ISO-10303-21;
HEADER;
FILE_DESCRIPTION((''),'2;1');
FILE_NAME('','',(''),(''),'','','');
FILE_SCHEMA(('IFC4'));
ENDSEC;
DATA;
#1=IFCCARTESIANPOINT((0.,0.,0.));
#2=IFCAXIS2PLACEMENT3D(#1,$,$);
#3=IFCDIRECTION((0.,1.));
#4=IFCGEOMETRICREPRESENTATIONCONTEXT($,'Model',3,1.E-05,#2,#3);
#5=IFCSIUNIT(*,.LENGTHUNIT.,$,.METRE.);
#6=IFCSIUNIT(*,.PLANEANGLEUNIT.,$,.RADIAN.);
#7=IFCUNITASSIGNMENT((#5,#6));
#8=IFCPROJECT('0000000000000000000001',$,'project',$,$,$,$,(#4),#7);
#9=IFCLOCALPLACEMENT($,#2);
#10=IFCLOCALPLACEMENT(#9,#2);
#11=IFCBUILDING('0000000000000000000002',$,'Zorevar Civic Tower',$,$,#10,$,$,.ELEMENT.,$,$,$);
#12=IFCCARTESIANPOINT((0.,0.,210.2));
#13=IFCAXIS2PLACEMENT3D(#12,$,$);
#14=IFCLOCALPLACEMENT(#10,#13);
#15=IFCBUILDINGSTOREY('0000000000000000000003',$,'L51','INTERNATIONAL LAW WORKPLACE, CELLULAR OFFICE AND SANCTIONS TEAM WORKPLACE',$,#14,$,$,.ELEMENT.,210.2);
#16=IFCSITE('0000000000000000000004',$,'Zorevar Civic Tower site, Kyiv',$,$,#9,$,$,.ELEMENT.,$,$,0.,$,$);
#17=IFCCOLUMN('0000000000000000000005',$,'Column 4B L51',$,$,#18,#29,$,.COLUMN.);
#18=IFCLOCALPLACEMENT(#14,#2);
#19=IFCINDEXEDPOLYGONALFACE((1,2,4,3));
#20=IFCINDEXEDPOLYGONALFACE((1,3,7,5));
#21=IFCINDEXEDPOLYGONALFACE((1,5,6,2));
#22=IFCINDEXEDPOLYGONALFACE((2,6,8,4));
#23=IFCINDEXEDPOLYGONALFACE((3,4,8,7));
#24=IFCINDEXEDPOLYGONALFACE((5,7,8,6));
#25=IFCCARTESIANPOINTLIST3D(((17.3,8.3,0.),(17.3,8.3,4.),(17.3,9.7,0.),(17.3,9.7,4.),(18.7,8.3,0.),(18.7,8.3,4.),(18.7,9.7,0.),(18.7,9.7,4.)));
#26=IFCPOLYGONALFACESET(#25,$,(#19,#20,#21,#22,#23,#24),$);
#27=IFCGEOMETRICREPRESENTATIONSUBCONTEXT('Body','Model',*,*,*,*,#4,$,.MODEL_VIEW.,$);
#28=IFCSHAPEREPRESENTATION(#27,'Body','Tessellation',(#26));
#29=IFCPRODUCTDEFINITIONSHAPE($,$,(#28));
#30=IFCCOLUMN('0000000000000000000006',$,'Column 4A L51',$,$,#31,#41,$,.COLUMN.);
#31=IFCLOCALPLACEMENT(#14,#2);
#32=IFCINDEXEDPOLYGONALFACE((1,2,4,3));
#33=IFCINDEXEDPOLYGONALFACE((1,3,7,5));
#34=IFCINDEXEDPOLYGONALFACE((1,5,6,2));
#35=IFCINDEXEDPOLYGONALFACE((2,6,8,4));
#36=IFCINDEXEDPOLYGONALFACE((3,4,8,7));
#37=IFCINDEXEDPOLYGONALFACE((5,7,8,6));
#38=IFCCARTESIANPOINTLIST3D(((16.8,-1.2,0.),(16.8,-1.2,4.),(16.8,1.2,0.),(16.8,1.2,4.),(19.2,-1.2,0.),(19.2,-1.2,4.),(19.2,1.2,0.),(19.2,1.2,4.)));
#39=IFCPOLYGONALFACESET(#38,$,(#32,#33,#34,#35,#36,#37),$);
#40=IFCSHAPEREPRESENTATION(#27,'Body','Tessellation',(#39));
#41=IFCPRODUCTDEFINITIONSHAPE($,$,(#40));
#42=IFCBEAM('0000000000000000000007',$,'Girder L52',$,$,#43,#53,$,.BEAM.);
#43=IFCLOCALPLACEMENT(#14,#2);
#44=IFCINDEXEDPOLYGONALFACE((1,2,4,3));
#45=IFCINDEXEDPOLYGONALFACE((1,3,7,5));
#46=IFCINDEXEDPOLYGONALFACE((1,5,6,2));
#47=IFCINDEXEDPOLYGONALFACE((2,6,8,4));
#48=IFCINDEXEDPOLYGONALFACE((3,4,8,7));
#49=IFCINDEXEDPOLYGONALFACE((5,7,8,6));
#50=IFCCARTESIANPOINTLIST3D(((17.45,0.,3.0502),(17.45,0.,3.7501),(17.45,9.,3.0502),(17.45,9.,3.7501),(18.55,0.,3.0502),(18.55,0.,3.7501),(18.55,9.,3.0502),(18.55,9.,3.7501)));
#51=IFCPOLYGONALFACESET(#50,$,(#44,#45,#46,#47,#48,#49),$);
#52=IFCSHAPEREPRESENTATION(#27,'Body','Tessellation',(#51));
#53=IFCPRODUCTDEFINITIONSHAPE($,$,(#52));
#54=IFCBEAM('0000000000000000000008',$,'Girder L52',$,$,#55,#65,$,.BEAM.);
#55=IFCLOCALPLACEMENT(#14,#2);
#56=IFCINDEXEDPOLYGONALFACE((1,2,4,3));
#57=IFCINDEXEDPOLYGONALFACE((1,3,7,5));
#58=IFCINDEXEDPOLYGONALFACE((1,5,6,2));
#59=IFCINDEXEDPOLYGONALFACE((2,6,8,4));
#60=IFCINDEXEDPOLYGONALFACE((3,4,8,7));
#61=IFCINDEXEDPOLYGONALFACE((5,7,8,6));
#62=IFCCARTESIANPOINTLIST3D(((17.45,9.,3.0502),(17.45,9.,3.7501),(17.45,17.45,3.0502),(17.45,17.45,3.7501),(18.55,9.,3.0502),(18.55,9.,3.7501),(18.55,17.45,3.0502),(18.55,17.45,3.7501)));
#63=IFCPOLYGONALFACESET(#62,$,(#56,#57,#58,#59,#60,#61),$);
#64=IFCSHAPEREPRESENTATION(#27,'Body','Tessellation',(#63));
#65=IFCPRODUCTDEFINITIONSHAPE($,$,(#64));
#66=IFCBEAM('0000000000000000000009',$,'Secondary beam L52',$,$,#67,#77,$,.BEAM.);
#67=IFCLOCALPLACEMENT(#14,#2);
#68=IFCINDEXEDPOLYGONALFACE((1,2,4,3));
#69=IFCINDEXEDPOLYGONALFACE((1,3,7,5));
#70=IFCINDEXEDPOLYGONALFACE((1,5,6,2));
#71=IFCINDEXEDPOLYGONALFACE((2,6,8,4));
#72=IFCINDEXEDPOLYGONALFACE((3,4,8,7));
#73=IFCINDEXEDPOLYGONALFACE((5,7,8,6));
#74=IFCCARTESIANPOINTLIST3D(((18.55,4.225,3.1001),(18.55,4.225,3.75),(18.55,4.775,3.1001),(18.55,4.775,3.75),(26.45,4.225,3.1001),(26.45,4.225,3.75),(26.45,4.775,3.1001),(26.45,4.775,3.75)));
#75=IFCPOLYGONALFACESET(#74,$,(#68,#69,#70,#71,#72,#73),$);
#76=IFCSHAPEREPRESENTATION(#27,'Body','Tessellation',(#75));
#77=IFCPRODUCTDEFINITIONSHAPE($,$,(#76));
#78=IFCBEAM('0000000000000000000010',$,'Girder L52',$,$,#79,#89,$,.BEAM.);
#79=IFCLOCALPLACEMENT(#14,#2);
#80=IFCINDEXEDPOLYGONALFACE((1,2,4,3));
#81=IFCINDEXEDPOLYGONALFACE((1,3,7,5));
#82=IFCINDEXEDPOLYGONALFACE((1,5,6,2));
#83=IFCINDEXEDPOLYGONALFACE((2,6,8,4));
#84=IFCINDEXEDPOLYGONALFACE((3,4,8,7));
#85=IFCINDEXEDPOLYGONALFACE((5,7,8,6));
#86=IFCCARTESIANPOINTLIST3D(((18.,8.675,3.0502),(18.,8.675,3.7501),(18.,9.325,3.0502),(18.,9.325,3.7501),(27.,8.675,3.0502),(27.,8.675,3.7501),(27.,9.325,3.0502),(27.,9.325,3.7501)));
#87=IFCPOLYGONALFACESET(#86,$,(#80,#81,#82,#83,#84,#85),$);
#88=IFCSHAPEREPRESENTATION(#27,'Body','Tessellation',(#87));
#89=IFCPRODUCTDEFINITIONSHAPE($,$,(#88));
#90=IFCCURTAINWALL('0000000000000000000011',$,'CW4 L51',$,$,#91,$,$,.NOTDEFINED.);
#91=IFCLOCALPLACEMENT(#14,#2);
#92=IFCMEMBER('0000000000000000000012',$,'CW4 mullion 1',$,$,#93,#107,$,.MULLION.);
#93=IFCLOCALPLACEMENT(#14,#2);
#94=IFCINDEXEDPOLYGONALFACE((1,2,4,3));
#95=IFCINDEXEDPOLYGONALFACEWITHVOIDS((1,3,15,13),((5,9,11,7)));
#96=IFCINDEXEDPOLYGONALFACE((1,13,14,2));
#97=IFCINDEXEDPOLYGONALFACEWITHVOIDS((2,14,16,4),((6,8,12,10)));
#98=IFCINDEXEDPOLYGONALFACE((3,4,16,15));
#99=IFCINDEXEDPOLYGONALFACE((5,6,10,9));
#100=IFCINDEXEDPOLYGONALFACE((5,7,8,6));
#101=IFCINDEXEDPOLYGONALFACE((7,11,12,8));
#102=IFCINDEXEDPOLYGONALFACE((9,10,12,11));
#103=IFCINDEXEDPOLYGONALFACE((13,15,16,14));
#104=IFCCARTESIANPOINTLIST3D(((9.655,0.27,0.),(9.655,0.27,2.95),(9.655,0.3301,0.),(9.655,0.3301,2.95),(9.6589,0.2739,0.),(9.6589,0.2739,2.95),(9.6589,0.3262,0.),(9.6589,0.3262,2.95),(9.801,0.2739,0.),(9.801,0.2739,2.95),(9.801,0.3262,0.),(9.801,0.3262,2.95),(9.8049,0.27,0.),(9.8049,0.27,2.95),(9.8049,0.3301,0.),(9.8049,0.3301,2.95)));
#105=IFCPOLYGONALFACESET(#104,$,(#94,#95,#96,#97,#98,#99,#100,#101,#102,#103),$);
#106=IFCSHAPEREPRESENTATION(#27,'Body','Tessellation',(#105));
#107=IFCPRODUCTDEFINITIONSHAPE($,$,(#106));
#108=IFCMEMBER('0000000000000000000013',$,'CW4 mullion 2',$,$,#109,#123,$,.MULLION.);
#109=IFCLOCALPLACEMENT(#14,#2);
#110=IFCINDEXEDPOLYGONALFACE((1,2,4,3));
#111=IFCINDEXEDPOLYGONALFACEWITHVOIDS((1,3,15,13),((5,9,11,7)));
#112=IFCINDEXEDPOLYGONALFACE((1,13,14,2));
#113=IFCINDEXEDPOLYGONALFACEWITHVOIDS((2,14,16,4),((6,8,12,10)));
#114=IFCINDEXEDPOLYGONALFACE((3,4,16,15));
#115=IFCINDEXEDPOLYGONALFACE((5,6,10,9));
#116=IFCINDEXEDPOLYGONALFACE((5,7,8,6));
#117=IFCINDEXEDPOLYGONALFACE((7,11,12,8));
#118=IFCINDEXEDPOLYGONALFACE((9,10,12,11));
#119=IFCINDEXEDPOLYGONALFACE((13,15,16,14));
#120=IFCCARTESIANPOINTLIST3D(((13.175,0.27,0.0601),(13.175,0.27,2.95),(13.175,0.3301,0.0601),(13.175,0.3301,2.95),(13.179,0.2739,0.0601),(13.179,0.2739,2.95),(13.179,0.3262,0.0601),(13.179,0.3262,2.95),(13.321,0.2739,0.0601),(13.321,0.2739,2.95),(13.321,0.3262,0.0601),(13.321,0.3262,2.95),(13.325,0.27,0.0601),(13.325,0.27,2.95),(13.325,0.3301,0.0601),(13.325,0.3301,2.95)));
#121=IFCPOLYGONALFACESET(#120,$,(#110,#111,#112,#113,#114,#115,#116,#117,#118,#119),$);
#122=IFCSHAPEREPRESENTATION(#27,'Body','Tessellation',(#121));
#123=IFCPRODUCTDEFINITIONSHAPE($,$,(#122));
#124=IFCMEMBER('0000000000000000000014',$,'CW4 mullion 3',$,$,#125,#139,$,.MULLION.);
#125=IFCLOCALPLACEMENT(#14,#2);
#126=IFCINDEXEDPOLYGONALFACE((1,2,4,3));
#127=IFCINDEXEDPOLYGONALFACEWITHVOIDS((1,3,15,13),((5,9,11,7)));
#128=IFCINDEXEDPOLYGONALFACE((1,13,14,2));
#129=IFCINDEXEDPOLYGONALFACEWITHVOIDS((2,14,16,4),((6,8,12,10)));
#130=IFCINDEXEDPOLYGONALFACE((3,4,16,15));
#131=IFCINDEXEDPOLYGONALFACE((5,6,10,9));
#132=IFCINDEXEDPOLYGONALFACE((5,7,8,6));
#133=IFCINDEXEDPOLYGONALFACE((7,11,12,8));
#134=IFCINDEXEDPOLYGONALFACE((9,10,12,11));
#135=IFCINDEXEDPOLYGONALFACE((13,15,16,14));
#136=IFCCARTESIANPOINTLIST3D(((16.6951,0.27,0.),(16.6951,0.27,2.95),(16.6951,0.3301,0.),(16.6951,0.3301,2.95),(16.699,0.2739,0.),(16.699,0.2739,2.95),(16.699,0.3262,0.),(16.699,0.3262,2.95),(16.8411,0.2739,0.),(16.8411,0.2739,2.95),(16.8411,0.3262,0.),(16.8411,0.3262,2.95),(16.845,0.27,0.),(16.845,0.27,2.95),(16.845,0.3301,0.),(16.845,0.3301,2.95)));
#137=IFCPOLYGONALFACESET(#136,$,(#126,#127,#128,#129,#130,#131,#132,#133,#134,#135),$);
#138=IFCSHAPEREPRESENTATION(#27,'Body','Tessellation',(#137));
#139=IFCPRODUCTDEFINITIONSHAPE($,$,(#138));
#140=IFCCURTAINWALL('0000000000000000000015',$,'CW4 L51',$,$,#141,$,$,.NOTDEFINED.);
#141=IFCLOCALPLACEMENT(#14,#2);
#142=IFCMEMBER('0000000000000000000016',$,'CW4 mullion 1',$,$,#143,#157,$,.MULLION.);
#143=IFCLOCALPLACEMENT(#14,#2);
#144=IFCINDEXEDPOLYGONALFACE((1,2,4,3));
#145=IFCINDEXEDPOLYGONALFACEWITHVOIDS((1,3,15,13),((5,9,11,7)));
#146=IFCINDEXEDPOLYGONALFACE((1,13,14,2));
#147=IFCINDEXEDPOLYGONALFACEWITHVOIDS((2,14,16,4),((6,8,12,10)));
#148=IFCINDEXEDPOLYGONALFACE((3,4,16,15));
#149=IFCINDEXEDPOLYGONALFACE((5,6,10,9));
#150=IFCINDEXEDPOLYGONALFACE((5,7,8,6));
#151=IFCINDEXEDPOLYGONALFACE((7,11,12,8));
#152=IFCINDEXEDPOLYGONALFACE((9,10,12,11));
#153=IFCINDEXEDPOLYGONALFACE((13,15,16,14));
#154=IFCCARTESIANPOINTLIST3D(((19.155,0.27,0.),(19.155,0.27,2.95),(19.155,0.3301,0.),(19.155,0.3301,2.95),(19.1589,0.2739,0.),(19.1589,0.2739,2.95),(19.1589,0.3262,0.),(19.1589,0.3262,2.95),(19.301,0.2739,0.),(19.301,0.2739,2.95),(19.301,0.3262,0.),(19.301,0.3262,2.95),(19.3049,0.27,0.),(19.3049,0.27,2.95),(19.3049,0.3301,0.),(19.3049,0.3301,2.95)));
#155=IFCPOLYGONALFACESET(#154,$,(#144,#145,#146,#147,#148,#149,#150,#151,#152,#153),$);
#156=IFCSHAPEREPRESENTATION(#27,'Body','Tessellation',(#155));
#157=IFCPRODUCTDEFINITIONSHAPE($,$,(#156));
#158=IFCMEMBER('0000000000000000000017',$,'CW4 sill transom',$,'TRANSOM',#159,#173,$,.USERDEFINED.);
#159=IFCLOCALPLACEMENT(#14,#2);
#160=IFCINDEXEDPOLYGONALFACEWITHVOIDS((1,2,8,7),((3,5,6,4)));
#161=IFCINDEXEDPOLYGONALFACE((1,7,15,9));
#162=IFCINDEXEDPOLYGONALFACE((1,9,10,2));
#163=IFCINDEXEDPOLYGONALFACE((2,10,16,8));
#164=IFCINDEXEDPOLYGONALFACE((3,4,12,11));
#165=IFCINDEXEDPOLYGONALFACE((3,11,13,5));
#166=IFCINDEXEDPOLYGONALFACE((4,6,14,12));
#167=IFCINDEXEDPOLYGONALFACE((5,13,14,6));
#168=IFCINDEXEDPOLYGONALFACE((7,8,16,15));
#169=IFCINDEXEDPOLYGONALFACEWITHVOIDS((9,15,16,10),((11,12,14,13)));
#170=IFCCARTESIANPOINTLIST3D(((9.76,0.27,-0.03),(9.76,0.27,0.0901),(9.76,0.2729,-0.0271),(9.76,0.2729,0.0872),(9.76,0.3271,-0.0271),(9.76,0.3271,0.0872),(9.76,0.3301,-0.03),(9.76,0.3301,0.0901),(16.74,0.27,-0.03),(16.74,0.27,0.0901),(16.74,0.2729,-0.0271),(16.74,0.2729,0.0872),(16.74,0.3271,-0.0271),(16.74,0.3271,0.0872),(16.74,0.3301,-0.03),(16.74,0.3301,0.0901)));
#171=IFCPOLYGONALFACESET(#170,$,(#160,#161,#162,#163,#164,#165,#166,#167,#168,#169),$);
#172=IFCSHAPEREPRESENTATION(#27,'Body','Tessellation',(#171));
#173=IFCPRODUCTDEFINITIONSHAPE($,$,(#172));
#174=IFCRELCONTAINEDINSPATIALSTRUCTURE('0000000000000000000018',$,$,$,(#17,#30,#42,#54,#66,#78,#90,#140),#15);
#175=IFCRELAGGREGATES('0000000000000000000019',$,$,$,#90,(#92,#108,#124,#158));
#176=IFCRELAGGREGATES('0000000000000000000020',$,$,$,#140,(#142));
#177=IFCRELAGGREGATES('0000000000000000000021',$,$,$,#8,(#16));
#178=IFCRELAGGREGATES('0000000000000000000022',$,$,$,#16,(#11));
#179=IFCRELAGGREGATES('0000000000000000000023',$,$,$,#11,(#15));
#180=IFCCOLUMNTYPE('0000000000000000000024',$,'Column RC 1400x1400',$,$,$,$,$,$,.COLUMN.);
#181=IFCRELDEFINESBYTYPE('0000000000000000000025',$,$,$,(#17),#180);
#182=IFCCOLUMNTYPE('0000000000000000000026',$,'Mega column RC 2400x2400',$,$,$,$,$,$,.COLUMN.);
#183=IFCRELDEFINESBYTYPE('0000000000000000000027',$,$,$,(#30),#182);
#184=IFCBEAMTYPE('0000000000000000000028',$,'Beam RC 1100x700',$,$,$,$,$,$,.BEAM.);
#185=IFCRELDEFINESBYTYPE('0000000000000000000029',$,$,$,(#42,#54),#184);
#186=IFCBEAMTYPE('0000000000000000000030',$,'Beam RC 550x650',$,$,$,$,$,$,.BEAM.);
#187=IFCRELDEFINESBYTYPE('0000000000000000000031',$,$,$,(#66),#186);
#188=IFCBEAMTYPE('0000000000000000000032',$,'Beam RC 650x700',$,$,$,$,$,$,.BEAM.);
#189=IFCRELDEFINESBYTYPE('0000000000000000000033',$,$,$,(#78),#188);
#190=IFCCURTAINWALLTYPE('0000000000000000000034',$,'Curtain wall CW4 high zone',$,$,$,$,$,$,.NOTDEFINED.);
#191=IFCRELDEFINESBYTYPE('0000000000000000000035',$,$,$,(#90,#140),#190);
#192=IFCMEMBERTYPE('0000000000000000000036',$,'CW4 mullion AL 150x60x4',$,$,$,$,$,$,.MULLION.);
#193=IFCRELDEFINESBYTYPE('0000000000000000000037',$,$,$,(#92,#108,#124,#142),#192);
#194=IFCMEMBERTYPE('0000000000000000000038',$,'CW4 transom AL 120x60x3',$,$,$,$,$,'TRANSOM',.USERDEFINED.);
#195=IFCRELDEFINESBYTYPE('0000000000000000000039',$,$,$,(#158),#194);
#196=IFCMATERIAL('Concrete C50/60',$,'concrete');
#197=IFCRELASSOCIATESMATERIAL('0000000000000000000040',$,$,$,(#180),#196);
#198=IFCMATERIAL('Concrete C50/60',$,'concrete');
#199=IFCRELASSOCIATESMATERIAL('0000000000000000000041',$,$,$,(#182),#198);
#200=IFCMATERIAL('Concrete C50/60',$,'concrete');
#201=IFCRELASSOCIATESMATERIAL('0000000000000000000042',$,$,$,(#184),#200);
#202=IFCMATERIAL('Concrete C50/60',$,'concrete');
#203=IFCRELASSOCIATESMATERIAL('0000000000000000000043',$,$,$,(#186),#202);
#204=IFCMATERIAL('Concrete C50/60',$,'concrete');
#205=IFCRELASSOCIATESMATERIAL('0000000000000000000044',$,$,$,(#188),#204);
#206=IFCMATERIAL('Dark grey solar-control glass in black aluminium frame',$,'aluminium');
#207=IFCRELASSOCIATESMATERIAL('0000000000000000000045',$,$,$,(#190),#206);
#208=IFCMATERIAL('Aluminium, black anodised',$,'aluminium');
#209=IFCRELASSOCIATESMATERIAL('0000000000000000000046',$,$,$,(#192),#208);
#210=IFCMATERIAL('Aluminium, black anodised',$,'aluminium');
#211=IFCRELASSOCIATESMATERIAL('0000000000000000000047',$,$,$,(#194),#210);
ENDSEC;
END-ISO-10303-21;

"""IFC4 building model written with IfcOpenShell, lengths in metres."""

from ifc_helpers import new_model, si_unit, direction, frame, origin, origin_2d, place, context, subcontext, project, spatial, rectangle, hollow_rectangle, extrude, material, material_profile, profile_set, type_object, element, aggregate, save


model = new_model("IFC4")

# Units and contexts
model_context = context("Model", 3, precision=1e-05, world=origin(), true_north=direction((0.0, 1.0)))
body_context = subcontext(model_context, "Body", "Model", "MODEL_VIEW")
ifc_project = project(units=[si_unit("LENGTHUNIT", "METRE"), si_unit("PLANEANGLEUNIT", "RADIAN")], contexts=[model_context])

# Site, building, storey
site_placement = place(None, origin())
site = spatial("IfcSite", under=ifc_project, at=site_placement, Name="Zorevar Civic Tower site, Kyiv", CompositionType="ELEMENT", RefElevation=0.0)
building_placement = place(site_placement, origin())
building = spatial("IfcBuilding", under=site, at=building_placement, Name="Zorevar Civic Tower", CompositionType="ELEMENT")
storey_placement = place(building_placement, frame((0.0, 0.0, 210.2)))
storey = spatial("IfcBuildingStorey", under=building, at=storey_placement, Name="L51", Description="INTERNATIONAL LAW WORKPLACE, CELLULAR OFFICE AND SANCTIONS TEAM WORKPLACE", CompositionType="ELEMENT", Elevation=210.2)

# Columns
ifc_material_1 = material(Name="Concrete C50/60", Category="concrete")
ifc_material_profile_1 = material_profile(ifc_material_1, rectangle(XDim=1.3999, YDim=1.3999, at=origin_2d()), Name="RC 1400x1400")
ifc_profile_set_1 = profile_set([ifc_material_profile_1], Name="Concrete C50/60")
column_type_1 = type_object("IfcColumnType", Name="Column RC 1400x1400", PredefinedType="COLUMN", material=ifc_profile_set_1)
column_1_placement = place(storey_placement, frame((18.0, 9.0, 0.0), z_axis=(0.0, 0.0, 1.0), x_axis=(1.0, 0.0, 0.0)))
element("IfcColumn", 1, at=column_1_placement, inside=storey, type_object=column_type_1, Name="Column 4B L51", PredefinedType="COLUMN", context=body_context, shape_type="SweptSolid", body=[
    extrude(rectangle(XDim=1.3999, YDim=1.3999, at=origin_2d()), origin(), (0.0, 0.0, 1.0), 4.0),
])
ifc_material_2 = material(Name="Concrete C50/60", Category="concrete")
ifc_material_profile_2 = material_profile(ifc_material_2, rectangle(XDim=2.3999, YDim=2.3999, at=origin_2d()), Name="RC 2400x2400")
ifc_profile_set_2 = profile_set([ifc_material_profile_2], Name="Concrete C50/60")
column_type_2 = type_object("IfcColumnType", Name="Mega column RC 2400x2400", PredefinedType="COLUMN", material=ifc_profile_set_2)
column_2_placement = place(storey_placement, frame((18.0, 0.0, 0.0), z_axis=(0.0, 0.0, 1.0), x_axis=(1.0, 0.0, 0.0)))
element("IfcColumn", 2, at=column_2_placement, inside=storey, type_object=column_type_2, Name="Column 4A L51", PredefinedType="COLUMN", context=body_context, shape_type="SweptSolid", body=[
    extrude(rectangle(XDim=2.3999, YDim=2.3999, at=origin_2d()), origin(), (0.0, 0.0, 1.0), 4.0),
])

# Beams
ifc_material_3 = material(Name="Concrete C50/60", Category="concrete")
ifc_material_profile_3 = material_profile(ifc_material_3, rectangle(XDim=1.1001, YDim=0.7, at=origin_2d()), Name="RC 1100x700")
ifc_profile_set_3 = profile_set([ifc_material_profile_3], Name="Concrete C50/60")
beam_type_1 = type_object("IfcBeamType", Name="Beam RC 1100x700", PredefinedType="BEAM", material=ifc_profile_set_3)
beam_1_placement = place(storey_placement, frame((18.0, 0.0, 3.4001), z_axis=(0.0, 1.0, 0.0), x_axis=(-1.0, 0.0, 0.0)))
element("IfcBeam", 3, at=beam_1_placement, inside=storey, type_object=beam_type_1, Name="Girder L52", PredefinedType="BEAM", context=body_context, shape_type="SweptSolid", body=[
    extrude(rectangle(XDim=1.1001, YDim=0.7, at=origin_2d()), origin(), (0.0, 0.0, 1.0), 9.0),
])
beam_2_placement = place(storey_placement, frame((18.0, 9.0, 3.4001), z_axis=(0.0, 1.0, 0.0), x_axis=(-1.0, 0.0, 0.0)))
element("IfcBeam", 4, at=beam_2_placement, inside=storey, type_object=beam_type_1, Name="Girder L52", PredefinedType="BEAM", context=body_context, shape_type="SweptSolid", body=[
    extrude(rectangle(XDim=1.1001, YDim=0.7, at=origin_2d()), origin(), (0.0, 0.0, 1.0), 8.45),
])
ifc_material_4 = material(Name="Concrete C50/60", Category="concrete")
ifc_material_profile_4 = material_profile(ifc_material_4, rectangle(XDim=0.55, YDim=0.6499, at=origin_2d()), Name="RC 550x650")
ifc_profile_set_4 = profile_set([ifc_material_profile_4], Name="Concrete C50/60")
beam_type_2 = type_object("IfcBeamType", Name="Beam RC 550x650", PredefinedType="BEAM", material=ifc_profile_set_4)
beam_3_placement = place(storey_placement, frame((18.55, 4.5, 3.425), z_axis=(1.0, 0.0, 0.0), x_axis=(0.0, 1.0, 0.0)))
element("IfcBeam", 5, at=beam_3_placement, inside=storey, type_object=beam_type_2, Name="Secondary beam L52", PredefinedType="BEAM", context=body_context, shape_type="SweptSolid", body=[
    extrude(rectangle(XDim=0.55, YDim=0.6499, at=origin_2d()), origin(), (0.0, 0.0, 1.0), 7.8999),
])
ifc_material_5 = material(Name="Concrete C50/60", Category="concrete")
ifc_material_profile_5 = material_profile(ifc_material_5, rectangle(XDim=0.6499, YDim=0.7, at=origin_2d()), Name="RC 650x700")
ifc_profile_set_5 = profile_set([ifc_material_profile_5], Name="Concrete C50/60")
beam_type_3 = type_object("IfcBeamType", Name="Beam RC 650x700", PredefinedType="BEAM", material=ifc_profile_set_5)
beam_4_placement = place(storey_placement, frame((18.0, 9.0, 3.4001), z_axis=(1.0, 0.0, 0.0), x_axis=(0.0, 1.0, 0.0)))
element("IfcBeam", 6, at=beam_4_placement, inside=storey, type_object=beam_type_3, Name="Girder L52", PredefinedType="BEAM", context=body_context, shape_type="SweptSolid", body=[
    extrude(rectangle(XDim=0.6499, YDim=0.7, at=origin_2d()), origin(), (0.0, 0.0, 1.0), 9.0),
])

# Curtain wall, members
ifc_material_6 = material(Name="Dark grey solar-control glass in black aluminium frame", Category="aluminium")
curtain_wall_type = type_object("IfcCurtainWallType", Name="Curtain wall CW4 high zone", PredefinedType="NOTDEFINED", material=ifc_material_6)
curtain_wall_1_placement = place(storey_placement, origin())
curtain_wall_1 = element("IfcCurtainWall", 7, at=curtain_wall_1_placement, inside=storey, type_object=curtain_wall_type, Name="CW4 L51", PredefinedType="NOTDEFINED")
ifc_material_7 = material(Name="Aluminium, black anodised", Category="aluminium")
ifc_material_profile_6 = material_profile(ifc_material_7, hollow_rectangle(XDim=0.0601, YDim=0.1499, WallThickness=0.0039, at=origin_2d()), Name="AL 150x60x4")
ifc_profile_set_6 = profile_set([ifc_material_profile_6], Name="Aluminium, black anodised")
member_type_1 = type_object("IfcMemberType", Name="CW4 mullion AL 150x60x4", PredefinedType="MULLION", material=ifc_profile_set_6)
member_1_placement = place(storey_placement, frame((9.73, 0.3, 0.0), z_axis=(0.0, 0.0, 1.0), x_axis=(0.0, 1.0, 0.0)))
member_1 = element("IfcMember", 8, at=member_1_placement, type_object=member_type_1, Name="CW4 mullion 1", PredefinedType="MULLION", context=body_context, shape_type="SweptSolid", body=[
    extrude(hollow_rectangle(XDim=0.0601, YDim=0.1499, WallThickness=0.0039, at=origin_2d()), origin(), (0.0, 0.0, 1.0), 2.95),
])
member_2_placement = place(storey_placement, frame((13.25, 0.3, 0.0601), z_axis=(0.0, 0.0, 1.0), x_axis=(0.0, 1.0, 0.0)))
member_2 = element("IfcMember", 9, at=member_2_placement, type_object=member_type_1, Name="CW4 mullion 2", PredefinedType="MULLION", context=body_context, shape_type="SweptSolid", body=[
    extrude(hollow_rectangle(XDim=0.0601, YDim=0.1499, WallThickness=0.0039, at=origin_2d()), origin(), (0.0, 0.0, 1.0), 2.8899),
])
member_3_placement = place(storey_placement, frame((16.77, 0.3, 0.0), z_axis=(0.0, 0.0, 1.0), x_axis=(0.0, 1.0, 0.0)))
member_3 = element("IfcMember", 10, at=member_3_placement, type_object=member_type_1, Name="CW4 mullion 3", PredefinedType="MULLION", context=body_context, shape_type="SweptSolid", body=[
    extrude(hollow_rectangle(XDim=0.0601, YDim=0.1499, WallThickness=0.0039, at=origin_2d()), origin(), (0.0, 0.0, 1.0), 2.95),
])

# Curtain wall, member
curtain_wall_2_placement = place(storey_placement, origin())
curtain_wall_2 = element("IfcCurtainWall", 11, at=curtain_wall_2_placement, inside=storey, type_object=curtain_wall_type, Name="CW4 L51", PredefinedType="NOTDEFINED")
member_4_placement = place(storey_placement, frame((19.23, 0.3, 0.0), z_axis=(0.0, 0.0, 1.0), x_axis=(0.0, 1.0, 0.0)))
member_4 = element("IfcMember", 12, at=member_4_placement, type_object=member_type_1, Name="CW4 mullion 1", PredefinedType="MULLION", context=body_context, shape_type="SweptSolid", body=[
    extrude(hollow_rectangle(XDim=0.0601, YDim=0.1499, WallThickness=0.0039, at=origin_2d()), origin(), (0.0, 0.0, 1.0), 2.95),
])

# Member
ifc_material_8 = material(Name="Aluminium, black anodised", Category="aluminium")
ifc_material_profile_7 = material_profile(ifc_material_8, hollow_rectangle(XDim=0.0601, YDim=0.1201, WallThickness=0.0029, at=origin_2d()), Name="AL 120x60x3")
ifc_profile_set_7 = profile_set([ifc_material_profile_7], Name="Aluminium, black anodised")
member_type_2 = type_object("IfcMemberType", Name="CW4 transom AL 120x60x3", ElementType="TRANSOM", PredefinedType="USERDEFINED", material=ifc_profile_set_7)
member_5_placement = place(storey_placement, frame((9.76, 0.3, 0.03), z_axis=(1.0, 0.0, 0.0), x_axis=(0.0, 1.0, 0.0)))
member_5 = element("IfcMember", 13, at=member_5_placement, type_object=member_type_2, Name="CW4 sill transom", ObjectType="TRANSOM", PredefinedType="USERDEFINED", context=body_context, shape_type="SweptSolid", body=[
    extrude(hollow_rectangle(XDim=0.0601, YDim=0.1201, WallThickness=0.0029, at=origin_2d()), origin(), (0.0, 0.0, 1.0), 6.98),
])

aggregate(curtain_wall_1, [member_1, member_2, member_3, member_5])
aggregate(curtain_wall_2, [member_4])

save(model, "model.ifc")
